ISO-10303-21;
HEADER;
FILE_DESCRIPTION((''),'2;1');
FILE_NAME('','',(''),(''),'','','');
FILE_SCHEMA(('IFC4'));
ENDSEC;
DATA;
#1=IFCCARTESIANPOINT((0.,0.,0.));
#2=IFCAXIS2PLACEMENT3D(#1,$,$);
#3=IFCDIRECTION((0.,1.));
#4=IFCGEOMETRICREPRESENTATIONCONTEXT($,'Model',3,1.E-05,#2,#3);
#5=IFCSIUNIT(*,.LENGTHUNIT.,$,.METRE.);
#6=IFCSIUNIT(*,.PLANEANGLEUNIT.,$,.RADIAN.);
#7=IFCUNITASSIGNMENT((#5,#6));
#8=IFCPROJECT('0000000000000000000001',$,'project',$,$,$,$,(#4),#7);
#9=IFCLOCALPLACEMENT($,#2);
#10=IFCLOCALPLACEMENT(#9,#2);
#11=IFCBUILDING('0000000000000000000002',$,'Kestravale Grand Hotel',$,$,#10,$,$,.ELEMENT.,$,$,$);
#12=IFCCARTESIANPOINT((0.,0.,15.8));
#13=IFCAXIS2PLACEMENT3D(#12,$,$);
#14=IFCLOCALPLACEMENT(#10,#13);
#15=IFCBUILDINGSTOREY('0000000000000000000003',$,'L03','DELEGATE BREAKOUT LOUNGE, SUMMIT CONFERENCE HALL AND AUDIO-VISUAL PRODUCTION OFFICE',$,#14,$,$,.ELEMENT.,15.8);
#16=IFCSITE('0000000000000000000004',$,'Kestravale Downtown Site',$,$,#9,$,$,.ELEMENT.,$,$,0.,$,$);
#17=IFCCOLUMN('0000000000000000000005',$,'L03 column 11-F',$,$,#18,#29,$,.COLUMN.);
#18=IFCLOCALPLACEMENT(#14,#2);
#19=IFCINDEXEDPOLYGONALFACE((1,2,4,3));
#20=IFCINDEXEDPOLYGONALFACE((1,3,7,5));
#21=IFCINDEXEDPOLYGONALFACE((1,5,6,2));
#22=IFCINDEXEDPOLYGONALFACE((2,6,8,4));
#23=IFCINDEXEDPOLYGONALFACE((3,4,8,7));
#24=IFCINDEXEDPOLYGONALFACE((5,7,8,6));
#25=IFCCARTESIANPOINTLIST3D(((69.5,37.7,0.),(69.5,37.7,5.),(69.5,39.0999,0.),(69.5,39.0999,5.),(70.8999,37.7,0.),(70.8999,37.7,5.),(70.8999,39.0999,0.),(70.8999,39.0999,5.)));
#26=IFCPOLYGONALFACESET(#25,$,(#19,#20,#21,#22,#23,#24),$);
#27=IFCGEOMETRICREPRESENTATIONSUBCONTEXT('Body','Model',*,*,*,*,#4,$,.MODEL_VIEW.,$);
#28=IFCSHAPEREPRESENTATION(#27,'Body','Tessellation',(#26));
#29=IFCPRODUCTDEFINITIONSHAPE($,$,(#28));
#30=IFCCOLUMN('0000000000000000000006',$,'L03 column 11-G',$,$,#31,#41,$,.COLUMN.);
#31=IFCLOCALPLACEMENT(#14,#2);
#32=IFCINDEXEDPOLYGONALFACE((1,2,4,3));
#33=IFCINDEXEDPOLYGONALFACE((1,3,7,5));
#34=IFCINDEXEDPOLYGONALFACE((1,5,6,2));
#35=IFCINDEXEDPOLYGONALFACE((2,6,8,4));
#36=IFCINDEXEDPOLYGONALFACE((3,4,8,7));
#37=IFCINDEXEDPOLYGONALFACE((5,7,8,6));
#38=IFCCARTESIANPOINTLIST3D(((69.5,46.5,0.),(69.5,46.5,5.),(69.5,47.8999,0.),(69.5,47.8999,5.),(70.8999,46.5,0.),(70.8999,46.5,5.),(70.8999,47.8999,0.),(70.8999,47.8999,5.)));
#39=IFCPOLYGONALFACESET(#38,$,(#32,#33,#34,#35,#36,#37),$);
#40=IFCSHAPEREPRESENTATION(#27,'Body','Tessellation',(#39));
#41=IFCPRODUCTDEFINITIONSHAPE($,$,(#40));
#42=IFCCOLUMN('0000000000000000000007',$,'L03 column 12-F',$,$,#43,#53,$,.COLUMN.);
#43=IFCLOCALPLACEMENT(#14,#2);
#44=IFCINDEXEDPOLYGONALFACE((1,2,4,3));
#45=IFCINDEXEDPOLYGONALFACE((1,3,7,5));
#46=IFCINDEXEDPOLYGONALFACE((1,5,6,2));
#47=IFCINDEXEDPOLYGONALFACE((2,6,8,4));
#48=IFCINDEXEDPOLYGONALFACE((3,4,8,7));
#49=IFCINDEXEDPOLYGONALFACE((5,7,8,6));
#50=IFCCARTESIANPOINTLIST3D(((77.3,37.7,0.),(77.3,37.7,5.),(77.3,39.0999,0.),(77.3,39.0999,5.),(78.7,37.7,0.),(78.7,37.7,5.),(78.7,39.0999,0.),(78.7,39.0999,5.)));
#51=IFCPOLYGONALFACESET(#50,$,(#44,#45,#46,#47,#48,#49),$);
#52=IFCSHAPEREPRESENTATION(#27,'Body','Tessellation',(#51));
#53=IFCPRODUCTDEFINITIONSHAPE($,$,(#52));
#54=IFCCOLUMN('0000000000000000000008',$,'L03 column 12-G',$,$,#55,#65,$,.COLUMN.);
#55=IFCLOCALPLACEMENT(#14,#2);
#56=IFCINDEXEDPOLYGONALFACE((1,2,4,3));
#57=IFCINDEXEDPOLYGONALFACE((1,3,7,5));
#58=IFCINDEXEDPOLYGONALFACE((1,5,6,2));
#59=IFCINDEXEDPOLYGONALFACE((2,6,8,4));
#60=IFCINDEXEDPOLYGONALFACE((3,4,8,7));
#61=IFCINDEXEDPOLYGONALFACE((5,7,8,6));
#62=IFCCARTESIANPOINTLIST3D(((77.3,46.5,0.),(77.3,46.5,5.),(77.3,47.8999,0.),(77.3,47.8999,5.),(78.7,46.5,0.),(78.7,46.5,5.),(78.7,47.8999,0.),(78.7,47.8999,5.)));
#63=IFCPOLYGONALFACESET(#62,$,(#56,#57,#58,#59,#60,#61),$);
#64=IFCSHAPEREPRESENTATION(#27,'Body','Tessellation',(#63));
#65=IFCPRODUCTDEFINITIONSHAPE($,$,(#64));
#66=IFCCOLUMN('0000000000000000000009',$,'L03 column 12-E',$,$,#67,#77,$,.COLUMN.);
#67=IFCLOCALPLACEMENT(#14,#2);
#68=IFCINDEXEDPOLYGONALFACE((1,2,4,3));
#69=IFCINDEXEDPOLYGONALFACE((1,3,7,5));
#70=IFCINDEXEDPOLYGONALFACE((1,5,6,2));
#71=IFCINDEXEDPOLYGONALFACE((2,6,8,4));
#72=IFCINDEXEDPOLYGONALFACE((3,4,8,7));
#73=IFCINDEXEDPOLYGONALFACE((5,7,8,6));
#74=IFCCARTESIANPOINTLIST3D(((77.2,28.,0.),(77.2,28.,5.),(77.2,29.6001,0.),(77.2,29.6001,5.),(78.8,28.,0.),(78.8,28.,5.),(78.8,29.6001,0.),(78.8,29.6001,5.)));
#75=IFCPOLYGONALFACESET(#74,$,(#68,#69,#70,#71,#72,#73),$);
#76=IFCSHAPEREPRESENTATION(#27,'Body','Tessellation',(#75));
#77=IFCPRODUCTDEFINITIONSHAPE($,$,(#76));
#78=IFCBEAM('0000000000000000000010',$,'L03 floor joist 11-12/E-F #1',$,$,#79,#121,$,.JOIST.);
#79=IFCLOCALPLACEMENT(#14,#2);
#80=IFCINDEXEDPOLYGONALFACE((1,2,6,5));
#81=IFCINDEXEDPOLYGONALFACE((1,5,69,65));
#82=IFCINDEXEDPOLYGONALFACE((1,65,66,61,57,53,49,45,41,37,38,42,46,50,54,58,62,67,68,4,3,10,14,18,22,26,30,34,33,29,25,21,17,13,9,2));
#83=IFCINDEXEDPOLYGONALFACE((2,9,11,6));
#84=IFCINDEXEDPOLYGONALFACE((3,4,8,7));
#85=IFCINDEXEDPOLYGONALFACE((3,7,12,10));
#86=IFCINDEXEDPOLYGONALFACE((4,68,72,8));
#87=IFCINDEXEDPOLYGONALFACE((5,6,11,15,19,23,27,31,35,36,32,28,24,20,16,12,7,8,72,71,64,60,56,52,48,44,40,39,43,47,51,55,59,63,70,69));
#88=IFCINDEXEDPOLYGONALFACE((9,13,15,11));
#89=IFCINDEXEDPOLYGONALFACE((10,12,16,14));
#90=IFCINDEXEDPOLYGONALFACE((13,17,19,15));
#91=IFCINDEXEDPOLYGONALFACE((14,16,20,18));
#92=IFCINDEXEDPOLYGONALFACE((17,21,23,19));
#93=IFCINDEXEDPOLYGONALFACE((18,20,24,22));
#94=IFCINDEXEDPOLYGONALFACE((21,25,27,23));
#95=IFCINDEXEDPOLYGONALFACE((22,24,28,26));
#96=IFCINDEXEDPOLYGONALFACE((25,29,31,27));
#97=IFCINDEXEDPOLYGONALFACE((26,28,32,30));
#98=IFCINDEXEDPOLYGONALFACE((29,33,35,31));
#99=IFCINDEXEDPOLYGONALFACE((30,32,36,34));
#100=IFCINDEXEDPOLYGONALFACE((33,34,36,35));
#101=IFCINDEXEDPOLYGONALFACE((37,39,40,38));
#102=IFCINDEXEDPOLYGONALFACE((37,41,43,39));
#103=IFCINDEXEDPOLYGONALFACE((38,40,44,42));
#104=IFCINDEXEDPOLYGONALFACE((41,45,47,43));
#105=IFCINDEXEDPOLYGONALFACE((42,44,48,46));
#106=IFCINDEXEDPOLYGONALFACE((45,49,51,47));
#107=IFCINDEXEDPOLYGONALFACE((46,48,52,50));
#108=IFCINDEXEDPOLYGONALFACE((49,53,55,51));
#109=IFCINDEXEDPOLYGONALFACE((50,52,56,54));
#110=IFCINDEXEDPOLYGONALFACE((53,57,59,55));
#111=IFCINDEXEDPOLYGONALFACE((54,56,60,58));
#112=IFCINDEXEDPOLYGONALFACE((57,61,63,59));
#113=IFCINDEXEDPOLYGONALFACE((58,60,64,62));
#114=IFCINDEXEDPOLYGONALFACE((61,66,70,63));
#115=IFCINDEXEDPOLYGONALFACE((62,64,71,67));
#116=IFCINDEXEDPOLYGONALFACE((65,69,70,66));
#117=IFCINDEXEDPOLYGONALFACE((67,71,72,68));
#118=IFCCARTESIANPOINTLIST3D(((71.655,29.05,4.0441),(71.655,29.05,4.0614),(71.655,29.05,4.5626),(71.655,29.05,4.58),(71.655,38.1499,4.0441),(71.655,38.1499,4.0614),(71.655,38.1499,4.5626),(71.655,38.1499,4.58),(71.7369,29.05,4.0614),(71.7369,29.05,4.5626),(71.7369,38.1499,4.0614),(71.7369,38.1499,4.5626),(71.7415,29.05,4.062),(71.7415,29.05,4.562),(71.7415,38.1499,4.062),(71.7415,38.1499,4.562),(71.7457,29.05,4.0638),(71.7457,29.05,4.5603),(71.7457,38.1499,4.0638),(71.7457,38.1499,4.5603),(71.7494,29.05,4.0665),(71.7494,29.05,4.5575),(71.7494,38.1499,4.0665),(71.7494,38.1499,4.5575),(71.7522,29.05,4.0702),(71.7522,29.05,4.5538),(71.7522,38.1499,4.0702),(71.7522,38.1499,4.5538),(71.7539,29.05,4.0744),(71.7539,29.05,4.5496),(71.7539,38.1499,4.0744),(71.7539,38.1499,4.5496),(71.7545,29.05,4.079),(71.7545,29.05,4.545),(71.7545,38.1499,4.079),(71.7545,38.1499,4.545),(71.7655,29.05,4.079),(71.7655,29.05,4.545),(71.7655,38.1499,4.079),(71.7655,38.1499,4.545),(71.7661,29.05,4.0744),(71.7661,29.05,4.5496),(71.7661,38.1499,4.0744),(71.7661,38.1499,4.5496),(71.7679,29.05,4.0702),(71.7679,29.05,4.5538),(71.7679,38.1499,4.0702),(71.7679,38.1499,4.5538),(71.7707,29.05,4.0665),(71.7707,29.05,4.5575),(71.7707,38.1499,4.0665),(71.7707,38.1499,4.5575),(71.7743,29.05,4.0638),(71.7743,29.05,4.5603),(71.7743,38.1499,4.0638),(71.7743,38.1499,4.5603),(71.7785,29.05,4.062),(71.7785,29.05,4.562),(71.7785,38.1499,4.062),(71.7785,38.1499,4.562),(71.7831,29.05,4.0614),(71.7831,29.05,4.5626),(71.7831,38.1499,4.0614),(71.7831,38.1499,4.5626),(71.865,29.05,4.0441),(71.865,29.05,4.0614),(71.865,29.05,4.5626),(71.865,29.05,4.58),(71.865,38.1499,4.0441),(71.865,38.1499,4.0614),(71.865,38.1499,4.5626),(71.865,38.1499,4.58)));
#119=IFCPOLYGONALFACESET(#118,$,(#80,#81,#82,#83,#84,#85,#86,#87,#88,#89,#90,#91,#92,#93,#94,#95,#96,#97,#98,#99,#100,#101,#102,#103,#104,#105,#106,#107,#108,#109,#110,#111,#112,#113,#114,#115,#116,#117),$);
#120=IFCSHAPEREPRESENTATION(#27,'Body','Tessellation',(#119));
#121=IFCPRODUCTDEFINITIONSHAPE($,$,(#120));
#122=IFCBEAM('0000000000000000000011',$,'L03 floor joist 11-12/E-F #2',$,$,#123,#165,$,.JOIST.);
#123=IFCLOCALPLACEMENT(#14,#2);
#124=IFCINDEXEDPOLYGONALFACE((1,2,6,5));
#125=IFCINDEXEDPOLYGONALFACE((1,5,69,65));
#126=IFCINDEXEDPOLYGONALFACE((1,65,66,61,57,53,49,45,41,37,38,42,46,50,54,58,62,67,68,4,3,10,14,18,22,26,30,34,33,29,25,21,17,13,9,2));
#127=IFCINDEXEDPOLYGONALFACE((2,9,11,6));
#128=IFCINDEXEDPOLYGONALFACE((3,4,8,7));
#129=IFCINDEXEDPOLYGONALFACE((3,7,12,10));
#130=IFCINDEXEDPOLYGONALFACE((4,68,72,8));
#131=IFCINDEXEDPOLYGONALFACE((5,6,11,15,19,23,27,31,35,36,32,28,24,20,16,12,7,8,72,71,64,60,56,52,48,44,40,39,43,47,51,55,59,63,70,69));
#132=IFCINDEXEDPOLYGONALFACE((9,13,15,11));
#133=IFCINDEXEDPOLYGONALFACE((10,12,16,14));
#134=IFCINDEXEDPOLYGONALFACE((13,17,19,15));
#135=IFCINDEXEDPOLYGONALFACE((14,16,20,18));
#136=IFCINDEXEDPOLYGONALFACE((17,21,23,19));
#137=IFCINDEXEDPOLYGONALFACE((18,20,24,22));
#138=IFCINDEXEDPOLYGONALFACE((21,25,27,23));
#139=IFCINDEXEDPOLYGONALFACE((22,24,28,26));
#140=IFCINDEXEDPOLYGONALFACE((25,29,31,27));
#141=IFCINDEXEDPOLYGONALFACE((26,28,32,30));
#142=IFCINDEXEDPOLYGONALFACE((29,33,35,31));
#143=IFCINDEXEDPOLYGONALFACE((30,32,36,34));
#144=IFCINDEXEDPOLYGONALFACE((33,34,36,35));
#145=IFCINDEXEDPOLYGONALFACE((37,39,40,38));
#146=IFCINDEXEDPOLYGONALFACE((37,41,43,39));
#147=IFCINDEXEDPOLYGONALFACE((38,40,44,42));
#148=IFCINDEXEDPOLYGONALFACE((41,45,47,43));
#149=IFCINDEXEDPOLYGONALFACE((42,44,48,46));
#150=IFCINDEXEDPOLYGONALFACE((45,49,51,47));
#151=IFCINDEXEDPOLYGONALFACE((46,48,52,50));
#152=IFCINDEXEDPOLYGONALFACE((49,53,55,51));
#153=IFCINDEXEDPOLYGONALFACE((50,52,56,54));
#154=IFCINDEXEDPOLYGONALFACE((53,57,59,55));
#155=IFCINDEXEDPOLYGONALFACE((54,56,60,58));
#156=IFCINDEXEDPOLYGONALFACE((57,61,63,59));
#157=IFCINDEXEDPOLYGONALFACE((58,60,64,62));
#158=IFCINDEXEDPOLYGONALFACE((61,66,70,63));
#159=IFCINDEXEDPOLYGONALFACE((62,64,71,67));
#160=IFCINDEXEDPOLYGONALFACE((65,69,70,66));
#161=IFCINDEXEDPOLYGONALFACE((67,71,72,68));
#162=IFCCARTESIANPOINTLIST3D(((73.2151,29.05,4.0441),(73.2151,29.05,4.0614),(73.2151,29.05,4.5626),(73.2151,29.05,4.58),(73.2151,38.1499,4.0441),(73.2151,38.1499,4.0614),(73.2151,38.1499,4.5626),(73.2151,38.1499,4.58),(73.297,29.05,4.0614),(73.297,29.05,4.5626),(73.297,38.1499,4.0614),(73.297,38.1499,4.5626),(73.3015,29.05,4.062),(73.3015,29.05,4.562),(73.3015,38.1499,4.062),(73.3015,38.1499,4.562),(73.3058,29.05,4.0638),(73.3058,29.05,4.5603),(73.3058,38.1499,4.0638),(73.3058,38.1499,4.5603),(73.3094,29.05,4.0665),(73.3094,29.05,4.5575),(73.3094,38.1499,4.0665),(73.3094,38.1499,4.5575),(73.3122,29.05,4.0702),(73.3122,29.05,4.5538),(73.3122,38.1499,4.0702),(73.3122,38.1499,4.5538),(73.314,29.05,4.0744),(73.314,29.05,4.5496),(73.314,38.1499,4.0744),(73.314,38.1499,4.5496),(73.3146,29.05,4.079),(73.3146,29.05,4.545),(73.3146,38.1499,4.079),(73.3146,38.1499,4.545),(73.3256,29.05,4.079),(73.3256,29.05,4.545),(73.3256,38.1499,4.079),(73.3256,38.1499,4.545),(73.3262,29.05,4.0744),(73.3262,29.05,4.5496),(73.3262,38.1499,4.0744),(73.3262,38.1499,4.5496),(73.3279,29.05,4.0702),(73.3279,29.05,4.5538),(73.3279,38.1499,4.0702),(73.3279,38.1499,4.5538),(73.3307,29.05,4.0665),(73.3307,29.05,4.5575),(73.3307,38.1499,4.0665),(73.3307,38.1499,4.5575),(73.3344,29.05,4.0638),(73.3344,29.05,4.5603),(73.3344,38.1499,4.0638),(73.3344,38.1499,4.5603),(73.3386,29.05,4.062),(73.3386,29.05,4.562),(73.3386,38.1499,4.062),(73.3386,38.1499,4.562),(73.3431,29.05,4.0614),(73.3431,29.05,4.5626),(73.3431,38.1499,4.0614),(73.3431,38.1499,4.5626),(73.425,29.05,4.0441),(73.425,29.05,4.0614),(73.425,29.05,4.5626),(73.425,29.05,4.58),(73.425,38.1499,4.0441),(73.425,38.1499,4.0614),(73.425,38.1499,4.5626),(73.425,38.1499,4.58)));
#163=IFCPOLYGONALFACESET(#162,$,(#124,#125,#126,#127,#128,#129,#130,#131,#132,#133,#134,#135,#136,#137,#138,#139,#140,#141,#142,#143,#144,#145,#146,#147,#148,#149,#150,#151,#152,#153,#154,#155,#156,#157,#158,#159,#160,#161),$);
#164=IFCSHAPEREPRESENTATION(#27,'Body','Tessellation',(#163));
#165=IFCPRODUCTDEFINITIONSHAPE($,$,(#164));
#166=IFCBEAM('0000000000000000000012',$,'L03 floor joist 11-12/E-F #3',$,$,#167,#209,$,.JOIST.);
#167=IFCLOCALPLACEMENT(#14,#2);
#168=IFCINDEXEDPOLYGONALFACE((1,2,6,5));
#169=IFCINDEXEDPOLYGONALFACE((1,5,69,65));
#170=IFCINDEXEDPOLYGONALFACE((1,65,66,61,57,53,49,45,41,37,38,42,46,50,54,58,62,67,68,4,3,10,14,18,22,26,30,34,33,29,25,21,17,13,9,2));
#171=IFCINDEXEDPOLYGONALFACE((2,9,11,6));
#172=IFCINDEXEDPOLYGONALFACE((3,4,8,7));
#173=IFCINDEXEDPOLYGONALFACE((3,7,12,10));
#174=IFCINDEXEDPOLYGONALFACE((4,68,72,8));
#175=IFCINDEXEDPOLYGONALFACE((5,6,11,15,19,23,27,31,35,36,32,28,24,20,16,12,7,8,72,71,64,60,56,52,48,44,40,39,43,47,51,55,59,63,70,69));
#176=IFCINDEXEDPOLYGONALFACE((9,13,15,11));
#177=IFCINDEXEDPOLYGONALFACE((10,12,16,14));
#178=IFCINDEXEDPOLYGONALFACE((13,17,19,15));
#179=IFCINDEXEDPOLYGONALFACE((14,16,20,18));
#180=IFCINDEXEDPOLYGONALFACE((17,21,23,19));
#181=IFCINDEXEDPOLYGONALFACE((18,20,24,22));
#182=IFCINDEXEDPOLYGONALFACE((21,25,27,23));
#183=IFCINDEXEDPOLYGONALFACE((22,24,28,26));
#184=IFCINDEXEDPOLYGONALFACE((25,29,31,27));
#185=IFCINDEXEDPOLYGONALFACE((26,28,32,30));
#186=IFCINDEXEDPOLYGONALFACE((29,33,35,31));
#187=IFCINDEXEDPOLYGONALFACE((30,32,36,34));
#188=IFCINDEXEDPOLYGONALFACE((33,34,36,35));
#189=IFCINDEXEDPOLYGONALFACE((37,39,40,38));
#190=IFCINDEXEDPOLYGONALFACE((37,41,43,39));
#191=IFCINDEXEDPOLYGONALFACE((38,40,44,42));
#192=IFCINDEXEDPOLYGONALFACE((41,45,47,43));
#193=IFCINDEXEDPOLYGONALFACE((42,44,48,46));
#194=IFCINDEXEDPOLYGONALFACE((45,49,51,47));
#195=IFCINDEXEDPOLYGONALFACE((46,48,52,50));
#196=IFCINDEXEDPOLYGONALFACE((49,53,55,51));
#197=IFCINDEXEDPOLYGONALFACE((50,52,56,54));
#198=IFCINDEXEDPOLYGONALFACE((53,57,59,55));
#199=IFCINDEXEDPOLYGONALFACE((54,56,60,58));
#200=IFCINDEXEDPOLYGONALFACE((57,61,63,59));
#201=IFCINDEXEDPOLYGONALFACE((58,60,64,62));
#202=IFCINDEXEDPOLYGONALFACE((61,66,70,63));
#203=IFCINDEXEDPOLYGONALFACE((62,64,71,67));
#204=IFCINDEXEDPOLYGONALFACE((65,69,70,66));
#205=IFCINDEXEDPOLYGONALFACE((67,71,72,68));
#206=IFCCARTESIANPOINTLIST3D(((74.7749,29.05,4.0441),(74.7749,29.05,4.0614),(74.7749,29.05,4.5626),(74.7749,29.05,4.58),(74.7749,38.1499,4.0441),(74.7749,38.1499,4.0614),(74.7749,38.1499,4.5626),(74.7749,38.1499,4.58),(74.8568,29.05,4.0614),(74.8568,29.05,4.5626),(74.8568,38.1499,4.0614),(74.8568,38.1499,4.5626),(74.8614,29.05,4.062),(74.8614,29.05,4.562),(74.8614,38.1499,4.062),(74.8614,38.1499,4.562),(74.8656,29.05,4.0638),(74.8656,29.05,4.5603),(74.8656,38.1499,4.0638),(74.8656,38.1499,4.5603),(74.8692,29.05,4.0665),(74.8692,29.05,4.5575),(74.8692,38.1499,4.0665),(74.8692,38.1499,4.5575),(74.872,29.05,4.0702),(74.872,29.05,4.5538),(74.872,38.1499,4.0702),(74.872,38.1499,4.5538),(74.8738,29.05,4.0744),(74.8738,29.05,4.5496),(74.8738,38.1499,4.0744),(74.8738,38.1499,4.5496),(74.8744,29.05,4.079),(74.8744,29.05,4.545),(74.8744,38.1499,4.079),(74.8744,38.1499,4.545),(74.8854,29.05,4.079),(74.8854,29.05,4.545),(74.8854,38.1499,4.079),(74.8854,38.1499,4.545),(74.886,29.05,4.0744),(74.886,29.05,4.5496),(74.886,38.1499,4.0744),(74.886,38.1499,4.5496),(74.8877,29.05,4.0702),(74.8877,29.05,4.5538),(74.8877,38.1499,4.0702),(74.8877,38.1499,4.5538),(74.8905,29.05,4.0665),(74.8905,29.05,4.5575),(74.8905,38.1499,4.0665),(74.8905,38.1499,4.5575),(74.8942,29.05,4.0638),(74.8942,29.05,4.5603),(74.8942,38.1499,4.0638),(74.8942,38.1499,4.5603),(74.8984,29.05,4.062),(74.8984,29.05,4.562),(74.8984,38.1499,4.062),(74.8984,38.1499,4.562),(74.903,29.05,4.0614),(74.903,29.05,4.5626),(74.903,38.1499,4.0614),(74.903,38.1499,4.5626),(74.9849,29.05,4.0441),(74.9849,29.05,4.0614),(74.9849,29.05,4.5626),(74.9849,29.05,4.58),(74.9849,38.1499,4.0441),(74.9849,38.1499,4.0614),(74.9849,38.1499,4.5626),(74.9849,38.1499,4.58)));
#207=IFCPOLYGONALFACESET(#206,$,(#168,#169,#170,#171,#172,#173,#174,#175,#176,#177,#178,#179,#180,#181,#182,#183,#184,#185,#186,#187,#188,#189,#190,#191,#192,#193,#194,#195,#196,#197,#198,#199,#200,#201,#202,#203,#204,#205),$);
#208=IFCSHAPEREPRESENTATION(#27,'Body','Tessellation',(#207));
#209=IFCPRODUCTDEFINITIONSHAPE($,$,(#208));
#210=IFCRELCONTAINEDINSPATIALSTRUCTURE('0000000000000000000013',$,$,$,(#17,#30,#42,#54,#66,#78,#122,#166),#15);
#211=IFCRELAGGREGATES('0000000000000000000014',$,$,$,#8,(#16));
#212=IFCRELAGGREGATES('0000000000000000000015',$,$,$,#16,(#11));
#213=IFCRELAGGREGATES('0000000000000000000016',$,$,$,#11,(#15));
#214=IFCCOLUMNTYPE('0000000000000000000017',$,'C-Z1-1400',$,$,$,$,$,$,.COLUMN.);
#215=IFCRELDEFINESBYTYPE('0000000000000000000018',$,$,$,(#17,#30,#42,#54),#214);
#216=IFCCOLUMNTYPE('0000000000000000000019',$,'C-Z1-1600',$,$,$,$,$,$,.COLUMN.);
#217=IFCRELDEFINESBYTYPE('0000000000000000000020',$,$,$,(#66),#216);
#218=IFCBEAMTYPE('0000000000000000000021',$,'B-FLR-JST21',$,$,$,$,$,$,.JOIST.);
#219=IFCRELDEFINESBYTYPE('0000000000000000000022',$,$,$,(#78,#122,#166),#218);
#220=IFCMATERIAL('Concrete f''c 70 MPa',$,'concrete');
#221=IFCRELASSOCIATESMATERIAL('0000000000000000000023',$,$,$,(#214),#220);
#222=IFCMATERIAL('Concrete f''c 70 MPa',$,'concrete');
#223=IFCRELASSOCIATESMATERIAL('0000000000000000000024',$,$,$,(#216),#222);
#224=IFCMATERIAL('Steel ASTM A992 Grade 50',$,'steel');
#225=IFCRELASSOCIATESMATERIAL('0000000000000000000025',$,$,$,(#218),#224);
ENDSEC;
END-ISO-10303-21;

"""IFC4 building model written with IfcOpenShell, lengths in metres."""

from ifc_helpers import new_model, si_unit, direction, frame, origin, origin_2d, place, context, subcontext, project, spatial, rectangle, i_section, extrude, material, material_profile, profile_set, type_object, element, save


model = new_model("IFC4")

# Units and contexts
model_context = context("Model", 3, precision=1e-05, world=origin(), true_north=direction((0.0, 1.0)))
body_context = subcontext(model_context, "Body", "Model", "MODEL_VIEW")
ifc_project = project(units=[si_unit("LENGTHUNIT", "METRE"), si_unit("PLANEANGLEUNIT", "RADIAN")], contexts=[model_context])

# Site, building, storey
site_placement = place(None, origin())
site = spatial("IfcSite", under=ifc_project, at=site_placement, Name="Kestravale Downtown Site", CompositionType="ELEMENT", RefElevation=0.0)
building_placement = place(site_placement, origin())
building = spatial("IfcBuilding", under=site, at=building_placement, Name="Kestravale Grand Hotel", CompositionType="ELEMENT")
storey_placement = place(building_placement, frame((0.0, 0.0, 15.8)))
storey = spatial("IfcBuildingStorey", under=building, at=storey_placement, Name="L03", Description="DELEGATE BREAKOUT LOUNGE, SUMMIT CONFERENCE HALL AND AUDIO-VISUAL PRODUCTION OFFICE", CompositionType="ELEMENT", Elevation=15.8)

# Columns
ifc_material_1 = material(Name="Concrete f'c 70 MPa", Category="concrete")
ifc_material_profile_1 = material_profile(ifc_material_1, rectangle(XDim=1.3999, YDim=1.3999, at=origin_2d()))
ifc_profile_set_1 = profile_set([ifc_material_profile_1], Name="Concrete f'c 70 MPa")
column_type_1 = type_object("IfcColumnType", Name="C-Z1-1400", PredefinedType="COLUMN", material=ifc_profile_set_1)
for number, where, z_axis, x_axis, name in (
    (1, (70.2, 38.3999, 0.0), (0.0, 0.0, 1.0), (1.0, 0.0, 0.0), "L03 column 11-F"),
    (2, (70.2, 47.2, 0.0), (0.0, 0.0, 1.0), (1.0, 0.0, 0.0), "L03 column 11-G"),
    (3, (78.0, 38.3999, 0.0), (0.0, 0.0, 1.0), (1.0, 0.0, 0.0), "L03 column 12-F"),
    (4, (78.0, 47.2, 0.0), (0.0, 0.0, 1.0), (1.0, 0.0, 0.0), "L03 column 12-G"),
):
    element("IfcColumn", number, at=place(storey_placement, frame(where, z_axis=z_axis, x_axis=x_axis)), inside=storey, type_object=column_type_1, Name=name, PredefinedType="COLUMN", context=body_context, shape_type="SweptSolid", body=[
        extrude(rectangle(XDim=1.3999, YDim=1.3999, at=origin_2d()), origin(), (0.0, 0.0, 1.0), 5.0),
    ])
ifc_material_2 = material(Name="Concrete f'c 70 MPa", Category="concrete")
ifc_material_profile_2 = material_profile(ifc_material_2, rectangle(XDim=1.6001, YDim=1.6001, at=origin_2d()))
ifc_profile_set_2 = profile_set([ifc_material_profile_2], Name="Concrete f'c 70 MPa")
column_type_2 = type_object("IfcColumnType", Name="C-Z1-1600", PredefinedType="COLUMN", material=ifc_profile_set_2)
column_placement = place(storey_placement, frame((78.0, 28.8, 0.0), z_axis=(0.0, 0.0, 1.0), x_axis=(1.0, 0.0, 0.0)))
element("IfcColumn", 5, at=column_placement, inside=storey, type_object=column_type_2, Name="L03 column 12-E", PredefinedType="COLUMN", context=body_context, shape_type="SweptSolid", body=[
    extrude(rectangle(XDim=1.6001, YDim=1.6001, at=origin_2d()), origin(), (0.0, 0.0, 1.0), 5.0),
])

# Beams
ifc_material_3 = material(Name="Steel ASTM A992 Grade 50", Category="steel")
ifc_material_profile_3 = material_profile(ifc_material_3, i_section(OverallWidth=0.21, OverallDepth=0.5359, WebThickness=0.011, FlangeThickness=0.0173, FilletRadius=0.0176, at=origin_2d()))
ifc_profile_set_3 = profile_set([ifc_material_profile_3], Name="Steel ASTM A992 Grade 50")
beam_type_1 = type_object("IfcBeamType", Name="B-FLR-JST21", PredefinedType="JOIST", material=ifc_profile_set_3)
for number, where, z_axis, x_axis, name in (
    (6, (71.76, 29.05, 4.312), (0.0, 1.0, 0.0), (-1.0, 0.0, 0.0), "L03 floor joist 11-12/E-F #1"),
    (7, (73.3201, 29.05, 4.312), (0.0, 1.0, 0.0), (-1.0, 0.0, 0.0), "L03 floor joist 11-12/E-F #2"),
    (8, (74.8799, 29.05, 4.312), (0.0, 1.0, 0.0), (-1.0, 0.0, 0.0), "L03 floor joist 11-12/E-F #3"),
):
    element("IfcBeam", number, at=place(storey_placement, frame(where, z_axis=z_axis, x_axis=x_axis)), inside=storey, type_object=beam_type_1, Name=name, PredefinedType="JOIST", context=body_context, shape_type="SweptSolid", body=[
        extrude(i_section(OverallWidth=0.21, OverallDepth=0.5359, WebThickness=0.011, FlangeThickness=0.0173, FilletRadius=0.0176, at=origin_2d()), origin(), (0.0, 0.0, 1.0), 9.0999),
    ])

save(model, "model.ifc")
